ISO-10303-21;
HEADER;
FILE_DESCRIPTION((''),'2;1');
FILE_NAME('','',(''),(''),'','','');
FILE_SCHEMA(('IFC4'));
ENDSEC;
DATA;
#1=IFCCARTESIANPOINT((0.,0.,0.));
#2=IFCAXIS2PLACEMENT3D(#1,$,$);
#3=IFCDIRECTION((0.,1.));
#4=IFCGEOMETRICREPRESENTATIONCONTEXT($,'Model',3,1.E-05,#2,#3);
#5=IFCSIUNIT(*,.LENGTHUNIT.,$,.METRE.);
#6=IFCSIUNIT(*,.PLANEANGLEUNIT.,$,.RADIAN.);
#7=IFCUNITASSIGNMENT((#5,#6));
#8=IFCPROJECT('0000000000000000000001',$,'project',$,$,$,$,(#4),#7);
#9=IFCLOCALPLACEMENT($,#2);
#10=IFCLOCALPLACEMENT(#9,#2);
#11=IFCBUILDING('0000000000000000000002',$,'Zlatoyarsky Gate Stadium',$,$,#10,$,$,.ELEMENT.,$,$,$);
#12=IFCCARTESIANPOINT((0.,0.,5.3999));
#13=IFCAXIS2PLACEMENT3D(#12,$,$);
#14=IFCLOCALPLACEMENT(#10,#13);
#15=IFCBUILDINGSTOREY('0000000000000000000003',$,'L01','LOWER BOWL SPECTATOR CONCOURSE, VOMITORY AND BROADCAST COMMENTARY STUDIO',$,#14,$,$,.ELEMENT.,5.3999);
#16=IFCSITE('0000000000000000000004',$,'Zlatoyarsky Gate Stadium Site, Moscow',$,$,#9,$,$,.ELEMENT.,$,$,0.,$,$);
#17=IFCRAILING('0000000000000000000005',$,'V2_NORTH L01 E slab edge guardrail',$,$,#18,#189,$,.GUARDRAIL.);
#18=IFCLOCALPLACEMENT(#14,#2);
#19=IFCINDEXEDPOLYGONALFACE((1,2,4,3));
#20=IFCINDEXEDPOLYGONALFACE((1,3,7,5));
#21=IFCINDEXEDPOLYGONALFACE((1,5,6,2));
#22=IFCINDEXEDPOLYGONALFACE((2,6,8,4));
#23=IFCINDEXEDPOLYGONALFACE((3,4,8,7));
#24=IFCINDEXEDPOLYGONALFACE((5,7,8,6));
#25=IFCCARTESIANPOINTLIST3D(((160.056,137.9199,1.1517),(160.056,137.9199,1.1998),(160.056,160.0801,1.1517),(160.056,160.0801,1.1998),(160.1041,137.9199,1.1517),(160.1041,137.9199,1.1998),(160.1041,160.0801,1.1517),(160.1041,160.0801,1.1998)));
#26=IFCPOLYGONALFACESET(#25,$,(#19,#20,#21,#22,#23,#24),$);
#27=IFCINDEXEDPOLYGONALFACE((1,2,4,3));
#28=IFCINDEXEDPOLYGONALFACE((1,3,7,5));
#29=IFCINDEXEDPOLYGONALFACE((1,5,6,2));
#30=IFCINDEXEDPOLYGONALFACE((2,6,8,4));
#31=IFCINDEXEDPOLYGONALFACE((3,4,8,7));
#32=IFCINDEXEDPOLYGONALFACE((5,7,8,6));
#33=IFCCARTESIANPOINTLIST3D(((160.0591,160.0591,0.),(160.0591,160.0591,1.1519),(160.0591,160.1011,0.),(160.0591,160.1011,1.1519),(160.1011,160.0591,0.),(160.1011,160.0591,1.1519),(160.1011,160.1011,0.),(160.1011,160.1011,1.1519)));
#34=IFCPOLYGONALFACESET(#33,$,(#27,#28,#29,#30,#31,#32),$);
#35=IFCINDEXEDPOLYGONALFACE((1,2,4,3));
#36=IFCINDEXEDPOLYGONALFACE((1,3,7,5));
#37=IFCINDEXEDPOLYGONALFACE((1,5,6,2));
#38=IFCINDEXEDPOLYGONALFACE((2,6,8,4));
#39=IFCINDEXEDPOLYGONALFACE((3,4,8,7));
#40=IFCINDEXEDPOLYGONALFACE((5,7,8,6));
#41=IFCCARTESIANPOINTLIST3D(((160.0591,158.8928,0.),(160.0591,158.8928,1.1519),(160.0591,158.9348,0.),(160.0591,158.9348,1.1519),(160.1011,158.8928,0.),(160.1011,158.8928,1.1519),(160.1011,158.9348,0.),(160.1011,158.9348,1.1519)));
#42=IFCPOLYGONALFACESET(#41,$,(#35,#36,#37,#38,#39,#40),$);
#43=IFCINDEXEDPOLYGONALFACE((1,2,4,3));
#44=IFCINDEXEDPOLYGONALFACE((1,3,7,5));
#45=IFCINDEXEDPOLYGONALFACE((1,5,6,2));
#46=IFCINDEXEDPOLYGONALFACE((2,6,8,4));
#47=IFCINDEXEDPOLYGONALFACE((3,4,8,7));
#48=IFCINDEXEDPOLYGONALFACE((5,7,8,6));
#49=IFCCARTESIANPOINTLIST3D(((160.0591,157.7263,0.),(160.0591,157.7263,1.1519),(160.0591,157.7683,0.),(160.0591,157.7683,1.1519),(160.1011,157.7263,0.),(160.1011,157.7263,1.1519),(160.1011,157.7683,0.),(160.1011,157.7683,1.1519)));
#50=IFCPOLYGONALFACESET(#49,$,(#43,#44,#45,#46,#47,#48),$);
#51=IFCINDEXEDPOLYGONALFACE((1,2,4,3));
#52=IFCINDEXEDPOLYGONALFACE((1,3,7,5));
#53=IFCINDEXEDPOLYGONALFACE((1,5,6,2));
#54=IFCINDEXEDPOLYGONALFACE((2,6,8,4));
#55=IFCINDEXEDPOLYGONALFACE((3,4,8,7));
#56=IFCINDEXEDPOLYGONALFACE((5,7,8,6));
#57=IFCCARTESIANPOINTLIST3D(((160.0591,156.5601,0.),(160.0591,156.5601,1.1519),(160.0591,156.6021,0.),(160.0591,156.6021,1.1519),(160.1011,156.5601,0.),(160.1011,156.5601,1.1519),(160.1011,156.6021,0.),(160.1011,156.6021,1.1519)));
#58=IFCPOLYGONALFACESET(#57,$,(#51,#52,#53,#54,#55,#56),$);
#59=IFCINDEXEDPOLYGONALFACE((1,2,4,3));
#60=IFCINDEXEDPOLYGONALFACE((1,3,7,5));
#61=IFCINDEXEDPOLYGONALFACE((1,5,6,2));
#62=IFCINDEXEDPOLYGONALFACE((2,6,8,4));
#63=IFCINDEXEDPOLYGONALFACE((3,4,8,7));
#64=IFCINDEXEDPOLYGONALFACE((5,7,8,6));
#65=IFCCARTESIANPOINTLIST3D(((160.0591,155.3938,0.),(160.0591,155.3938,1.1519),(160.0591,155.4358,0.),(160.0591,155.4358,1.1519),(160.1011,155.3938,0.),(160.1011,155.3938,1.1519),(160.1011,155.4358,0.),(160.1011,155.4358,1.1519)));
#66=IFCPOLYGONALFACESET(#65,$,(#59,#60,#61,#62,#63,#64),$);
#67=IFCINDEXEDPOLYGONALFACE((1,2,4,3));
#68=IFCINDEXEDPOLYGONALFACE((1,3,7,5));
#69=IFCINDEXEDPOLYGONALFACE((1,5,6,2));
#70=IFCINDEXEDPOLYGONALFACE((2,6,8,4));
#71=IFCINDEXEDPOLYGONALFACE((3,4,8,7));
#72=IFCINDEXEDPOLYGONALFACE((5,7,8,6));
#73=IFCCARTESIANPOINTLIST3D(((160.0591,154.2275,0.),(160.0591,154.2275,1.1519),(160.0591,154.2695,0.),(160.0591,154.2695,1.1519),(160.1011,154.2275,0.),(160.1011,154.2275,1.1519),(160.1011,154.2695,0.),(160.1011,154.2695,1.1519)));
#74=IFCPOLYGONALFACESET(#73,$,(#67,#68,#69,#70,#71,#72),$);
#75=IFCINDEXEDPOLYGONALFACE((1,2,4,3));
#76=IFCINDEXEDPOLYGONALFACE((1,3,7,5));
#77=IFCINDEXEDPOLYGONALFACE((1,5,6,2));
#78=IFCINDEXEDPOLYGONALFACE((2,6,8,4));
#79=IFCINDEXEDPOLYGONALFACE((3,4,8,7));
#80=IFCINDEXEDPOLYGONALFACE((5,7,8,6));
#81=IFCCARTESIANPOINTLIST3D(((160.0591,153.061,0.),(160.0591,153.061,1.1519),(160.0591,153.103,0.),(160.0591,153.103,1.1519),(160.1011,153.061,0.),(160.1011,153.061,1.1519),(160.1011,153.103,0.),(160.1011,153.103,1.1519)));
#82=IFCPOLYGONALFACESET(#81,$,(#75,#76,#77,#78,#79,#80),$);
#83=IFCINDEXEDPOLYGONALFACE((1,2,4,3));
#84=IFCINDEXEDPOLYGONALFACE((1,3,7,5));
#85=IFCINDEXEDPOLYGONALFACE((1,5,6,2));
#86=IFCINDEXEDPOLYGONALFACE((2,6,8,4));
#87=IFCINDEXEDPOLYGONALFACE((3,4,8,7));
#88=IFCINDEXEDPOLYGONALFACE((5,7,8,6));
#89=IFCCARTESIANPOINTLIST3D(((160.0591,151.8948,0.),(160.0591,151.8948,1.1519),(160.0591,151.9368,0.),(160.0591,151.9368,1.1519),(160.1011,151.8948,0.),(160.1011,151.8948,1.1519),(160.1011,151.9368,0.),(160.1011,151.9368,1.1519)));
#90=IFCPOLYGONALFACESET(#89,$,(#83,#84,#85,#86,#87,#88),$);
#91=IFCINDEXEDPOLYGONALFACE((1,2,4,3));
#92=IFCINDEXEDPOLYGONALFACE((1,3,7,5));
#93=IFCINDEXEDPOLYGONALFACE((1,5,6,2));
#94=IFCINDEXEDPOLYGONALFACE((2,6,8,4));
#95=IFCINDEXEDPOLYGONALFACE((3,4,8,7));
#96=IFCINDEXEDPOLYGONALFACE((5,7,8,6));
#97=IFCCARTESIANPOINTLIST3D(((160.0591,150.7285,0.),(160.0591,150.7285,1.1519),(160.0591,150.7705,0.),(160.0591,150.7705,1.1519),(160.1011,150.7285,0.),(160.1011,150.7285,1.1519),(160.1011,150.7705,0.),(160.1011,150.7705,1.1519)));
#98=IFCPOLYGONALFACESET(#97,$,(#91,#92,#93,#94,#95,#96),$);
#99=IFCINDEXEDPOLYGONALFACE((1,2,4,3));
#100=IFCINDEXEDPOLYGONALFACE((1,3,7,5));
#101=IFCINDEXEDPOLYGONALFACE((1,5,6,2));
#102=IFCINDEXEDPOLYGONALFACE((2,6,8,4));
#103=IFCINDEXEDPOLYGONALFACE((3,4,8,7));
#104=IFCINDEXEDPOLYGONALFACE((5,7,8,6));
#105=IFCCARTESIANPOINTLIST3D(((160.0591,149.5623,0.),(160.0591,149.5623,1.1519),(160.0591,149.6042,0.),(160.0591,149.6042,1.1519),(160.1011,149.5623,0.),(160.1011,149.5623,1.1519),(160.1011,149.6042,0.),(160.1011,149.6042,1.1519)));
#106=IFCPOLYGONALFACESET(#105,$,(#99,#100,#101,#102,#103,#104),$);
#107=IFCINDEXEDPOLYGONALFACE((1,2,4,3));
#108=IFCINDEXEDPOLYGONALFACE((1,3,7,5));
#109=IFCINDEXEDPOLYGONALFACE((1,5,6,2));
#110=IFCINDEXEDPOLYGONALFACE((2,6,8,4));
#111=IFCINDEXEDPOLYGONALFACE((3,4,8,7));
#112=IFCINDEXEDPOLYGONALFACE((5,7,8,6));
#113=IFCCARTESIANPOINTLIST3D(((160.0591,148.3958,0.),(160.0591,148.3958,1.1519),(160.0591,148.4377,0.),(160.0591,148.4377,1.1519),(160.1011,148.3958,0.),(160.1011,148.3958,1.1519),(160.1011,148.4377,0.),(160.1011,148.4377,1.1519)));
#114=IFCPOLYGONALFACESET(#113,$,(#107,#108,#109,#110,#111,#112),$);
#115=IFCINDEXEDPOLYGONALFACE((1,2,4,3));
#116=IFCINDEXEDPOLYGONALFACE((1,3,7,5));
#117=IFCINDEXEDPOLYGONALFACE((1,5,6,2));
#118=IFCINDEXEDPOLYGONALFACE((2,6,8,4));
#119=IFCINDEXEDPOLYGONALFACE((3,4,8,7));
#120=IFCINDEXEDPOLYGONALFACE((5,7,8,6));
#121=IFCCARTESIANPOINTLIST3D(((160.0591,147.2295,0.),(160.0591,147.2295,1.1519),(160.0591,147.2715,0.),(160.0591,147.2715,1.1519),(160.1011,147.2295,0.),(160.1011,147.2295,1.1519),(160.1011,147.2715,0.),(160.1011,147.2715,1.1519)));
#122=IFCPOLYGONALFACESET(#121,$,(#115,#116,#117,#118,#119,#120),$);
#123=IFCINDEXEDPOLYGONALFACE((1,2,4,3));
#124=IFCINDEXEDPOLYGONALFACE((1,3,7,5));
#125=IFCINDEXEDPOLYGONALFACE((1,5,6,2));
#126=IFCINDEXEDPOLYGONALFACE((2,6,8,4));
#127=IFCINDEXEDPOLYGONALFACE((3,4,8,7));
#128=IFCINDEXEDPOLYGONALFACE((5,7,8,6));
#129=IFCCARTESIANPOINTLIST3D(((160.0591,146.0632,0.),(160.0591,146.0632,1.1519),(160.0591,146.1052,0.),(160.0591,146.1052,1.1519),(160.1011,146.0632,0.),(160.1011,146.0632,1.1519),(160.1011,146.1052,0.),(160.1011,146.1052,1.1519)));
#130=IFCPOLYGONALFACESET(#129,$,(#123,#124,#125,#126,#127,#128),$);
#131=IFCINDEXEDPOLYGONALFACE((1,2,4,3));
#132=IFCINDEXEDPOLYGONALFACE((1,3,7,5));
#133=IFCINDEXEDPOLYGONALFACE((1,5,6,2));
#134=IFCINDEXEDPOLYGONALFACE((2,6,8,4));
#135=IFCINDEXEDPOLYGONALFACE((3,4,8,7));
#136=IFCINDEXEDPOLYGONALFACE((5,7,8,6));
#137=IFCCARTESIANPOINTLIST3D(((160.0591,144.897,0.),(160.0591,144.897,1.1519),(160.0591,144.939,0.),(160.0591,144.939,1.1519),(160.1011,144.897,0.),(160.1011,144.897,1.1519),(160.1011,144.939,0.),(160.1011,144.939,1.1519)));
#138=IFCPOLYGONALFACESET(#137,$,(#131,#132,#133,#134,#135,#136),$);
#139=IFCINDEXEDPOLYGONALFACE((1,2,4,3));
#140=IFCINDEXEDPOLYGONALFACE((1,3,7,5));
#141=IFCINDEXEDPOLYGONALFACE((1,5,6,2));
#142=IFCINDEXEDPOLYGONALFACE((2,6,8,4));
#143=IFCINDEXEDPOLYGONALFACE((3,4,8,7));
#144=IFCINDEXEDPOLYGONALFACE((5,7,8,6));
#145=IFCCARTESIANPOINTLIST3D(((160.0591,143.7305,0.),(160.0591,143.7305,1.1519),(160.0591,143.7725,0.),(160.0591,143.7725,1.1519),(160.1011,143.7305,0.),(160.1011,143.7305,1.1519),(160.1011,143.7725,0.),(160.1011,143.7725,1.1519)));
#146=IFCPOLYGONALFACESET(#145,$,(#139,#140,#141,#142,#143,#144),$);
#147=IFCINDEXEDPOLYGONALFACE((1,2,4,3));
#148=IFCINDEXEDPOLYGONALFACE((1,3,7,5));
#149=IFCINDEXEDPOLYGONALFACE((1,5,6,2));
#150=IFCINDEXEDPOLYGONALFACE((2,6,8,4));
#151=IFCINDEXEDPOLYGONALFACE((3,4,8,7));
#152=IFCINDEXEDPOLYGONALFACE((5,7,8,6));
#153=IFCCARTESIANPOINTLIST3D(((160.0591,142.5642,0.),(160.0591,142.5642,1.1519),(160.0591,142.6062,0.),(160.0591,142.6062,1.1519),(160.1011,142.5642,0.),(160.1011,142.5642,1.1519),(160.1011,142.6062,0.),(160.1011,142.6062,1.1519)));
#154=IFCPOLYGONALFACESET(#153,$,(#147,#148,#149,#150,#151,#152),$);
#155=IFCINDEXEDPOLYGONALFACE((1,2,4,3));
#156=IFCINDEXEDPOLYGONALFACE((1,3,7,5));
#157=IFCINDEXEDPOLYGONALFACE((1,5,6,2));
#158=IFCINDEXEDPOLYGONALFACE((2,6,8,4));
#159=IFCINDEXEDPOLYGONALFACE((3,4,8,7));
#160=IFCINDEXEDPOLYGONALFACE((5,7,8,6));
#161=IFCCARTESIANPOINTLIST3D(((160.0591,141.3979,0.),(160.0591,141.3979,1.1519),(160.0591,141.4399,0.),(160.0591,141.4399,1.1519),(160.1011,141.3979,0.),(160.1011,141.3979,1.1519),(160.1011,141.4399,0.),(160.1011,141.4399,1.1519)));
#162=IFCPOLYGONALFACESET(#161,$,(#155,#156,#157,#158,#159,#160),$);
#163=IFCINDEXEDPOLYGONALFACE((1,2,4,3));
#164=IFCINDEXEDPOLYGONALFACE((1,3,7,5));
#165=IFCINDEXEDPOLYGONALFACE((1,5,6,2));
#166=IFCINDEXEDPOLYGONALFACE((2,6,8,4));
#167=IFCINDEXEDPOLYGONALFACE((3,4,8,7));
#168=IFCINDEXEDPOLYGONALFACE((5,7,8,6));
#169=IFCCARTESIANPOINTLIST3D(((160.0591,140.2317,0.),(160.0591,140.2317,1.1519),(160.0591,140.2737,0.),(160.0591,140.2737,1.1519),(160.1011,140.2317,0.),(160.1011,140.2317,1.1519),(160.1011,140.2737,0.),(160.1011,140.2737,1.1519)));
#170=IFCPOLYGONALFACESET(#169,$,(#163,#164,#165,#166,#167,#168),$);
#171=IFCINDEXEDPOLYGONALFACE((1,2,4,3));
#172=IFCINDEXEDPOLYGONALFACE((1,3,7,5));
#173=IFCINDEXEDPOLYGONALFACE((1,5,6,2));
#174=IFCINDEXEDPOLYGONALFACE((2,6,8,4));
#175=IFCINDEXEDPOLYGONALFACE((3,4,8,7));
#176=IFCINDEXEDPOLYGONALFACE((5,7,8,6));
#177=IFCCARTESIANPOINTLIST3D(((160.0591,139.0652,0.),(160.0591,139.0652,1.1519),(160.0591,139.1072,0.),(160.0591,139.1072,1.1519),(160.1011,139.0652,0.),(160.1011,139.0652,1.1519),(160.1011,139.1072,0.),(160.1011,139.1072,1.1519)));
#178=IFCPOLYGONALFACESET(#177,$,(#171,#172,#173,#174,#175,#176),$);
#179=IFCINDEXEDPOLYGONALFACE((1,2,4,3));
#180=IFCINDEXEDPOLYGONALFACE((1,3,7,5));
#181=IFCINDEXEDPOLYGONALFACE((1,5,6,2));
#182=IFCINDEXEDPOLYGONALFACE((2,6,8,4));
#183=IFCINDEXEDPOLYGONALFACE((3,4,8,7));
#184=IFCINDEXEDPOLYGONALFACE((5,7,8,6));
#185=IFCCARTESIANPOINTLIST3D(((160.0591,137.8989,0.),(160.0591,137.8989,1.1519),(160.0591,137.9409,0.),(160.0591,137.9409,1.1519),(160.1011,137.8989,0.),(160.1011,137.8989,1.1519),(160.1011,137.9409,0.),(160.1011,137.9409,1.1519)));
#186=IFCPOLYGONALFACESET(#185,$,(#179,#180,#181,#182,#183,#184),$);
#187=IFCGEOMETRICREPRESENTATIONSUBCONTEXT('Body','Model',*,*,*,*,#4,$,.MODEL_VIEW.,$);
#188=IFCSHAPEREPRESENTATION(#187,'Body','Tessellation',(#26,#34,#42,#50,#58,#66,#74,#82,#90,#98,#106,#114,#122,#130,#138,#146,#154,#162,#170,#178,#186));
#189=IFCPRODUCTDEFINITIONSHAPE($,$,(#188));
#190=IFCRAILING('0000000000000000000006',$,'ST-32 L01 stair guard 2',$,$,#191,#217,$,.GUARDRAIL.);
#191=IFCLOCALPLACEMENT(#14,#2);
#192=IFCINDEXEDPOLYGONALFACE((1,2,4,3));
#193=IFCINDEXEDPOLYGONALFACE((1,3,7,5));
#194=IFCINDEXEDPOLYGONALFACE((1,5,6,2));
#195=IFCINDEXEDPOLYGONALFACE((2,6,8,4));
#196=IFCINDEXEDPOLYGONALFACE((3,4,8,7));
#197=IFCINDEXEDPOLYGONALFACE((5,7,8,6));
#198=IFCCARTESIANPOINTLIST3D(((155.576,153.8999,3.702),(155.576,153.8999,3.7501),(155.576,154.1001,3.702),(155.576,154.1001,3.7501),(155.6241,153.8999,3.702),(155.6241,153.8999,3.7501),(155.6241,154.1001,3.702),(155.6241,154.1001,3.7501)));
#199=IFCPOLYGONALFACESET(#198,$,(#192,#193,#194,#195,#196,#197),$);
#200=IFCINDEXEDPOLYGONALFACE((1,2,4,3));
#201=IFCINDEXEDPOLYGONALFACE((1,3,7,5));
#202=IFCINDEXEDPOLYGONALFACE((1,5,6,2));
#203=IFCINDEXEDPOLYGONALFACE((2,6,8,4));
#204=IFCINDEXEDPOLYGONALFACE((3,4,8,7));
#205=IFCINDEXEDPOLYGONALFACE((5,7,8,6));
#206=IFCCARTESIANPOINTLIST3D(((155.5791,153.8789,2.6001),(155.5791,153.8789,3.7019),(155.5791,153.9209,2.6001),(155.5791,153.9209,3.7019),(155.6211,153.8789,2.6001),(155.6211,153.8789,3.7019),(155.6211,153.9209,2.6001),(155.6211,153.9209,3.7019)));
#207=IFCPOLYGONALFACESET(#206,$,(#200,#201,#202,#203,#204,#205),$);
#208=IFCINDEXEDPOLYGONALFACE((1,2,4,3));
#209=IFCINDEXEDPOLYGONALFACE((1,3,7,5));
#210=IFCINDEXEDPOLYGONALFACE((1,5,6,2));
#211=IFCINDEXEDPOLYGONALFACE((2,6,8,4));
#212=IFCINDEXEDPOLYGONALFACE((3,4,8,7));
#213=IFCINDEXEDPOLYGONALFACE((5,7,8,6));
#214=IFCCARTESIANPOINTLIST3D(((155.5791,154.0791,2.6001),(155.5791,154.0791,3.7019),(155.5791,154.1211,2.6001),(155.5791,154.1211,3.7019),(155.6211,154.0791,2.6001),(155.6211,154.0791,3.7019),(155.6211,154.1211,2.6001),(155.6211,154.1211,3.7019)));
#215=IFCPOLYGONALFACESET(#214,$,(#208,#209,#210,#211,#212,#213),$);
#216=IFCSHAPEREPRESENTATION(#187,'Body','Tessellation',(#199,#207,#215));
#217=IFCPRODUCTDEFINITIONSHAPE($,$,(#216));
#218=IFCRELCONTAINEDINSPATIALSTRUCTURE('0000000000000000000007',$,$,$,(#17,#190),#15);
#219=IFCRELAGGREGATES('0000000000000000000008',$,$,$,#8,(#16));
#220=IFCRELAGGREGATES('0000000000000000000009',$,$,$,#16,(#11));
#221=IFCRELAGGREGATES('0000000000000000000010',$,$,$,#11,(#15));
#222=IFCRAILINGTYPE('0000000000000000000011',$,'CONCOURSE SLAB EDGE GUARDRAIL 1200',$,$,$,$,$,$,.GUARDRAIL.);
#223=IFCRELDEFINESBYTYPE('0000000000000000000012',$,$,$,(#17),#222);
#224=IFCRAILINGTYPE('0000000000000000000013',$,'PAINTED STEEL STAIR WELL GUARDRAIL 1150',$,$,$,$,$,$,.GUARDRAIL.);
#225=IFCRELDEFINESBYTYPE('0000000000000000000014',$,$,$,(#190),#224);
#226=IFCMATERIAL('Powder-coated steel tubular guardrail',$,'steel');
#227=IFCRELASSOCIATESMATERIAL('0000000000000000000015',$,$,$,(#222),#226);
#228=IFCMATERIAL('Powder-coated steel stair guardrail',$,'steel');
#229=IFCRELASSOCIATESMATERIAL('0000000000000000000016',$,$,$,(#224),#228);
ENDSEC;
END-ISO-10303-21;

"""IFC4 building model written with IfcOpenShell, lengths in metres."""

from ifc_helpers import new_model, si_unit, direction, frame, origin, origin_2d, place, context, subcontext, project, spatial, rectangle, extrude, material, type_object, element, save


model = new_model("IFC4")

# Units and contexts
model_context = context("Model", 3, precision=1e-05, world=origin(), true_north=direction((0.0, 1.0)))
body_context = subcontext(model_context, "Body", "Model", "MODEL_VIEW")
ifc_project = project(units=[si_unit("LENGTHUNIT", "METRE"), si_unit("PLANEANGLEUNIT", "RADIAN")], contexts=[model_context])

# Site, building, storey
site_placement = place(None, origin())
site = spatial("IfcSite", under=ifc_project, at=site_placement, Name="Zlatoyarsky Gate Stadium Site, Moscow", CompositionType="ELEMENT", RefElevation=0.0)
building_placement = place(site_placement, origin())
building = spatial("IfcBuilding", under=site, at=building_placement, Name="Zlatoyarsky Gate Stadium", CompositionType="ELEMENT")
storey_placement = place(building_placement, frame((0.0, 0.0, 5.3999)))
storey = spatial("IfcBuildingStorey", under=building, at=storey_placement, Name="L01", Description="LOWER BOWL SPECTATOR CONCOURSE, VOMITORY AND BROADCAST COMMENTARY STUDIO", CompositionType="ELEMENT", Elevation=5.3999)

# Railings
ifc_material_1 = material(Name="Powder-coated steel tubular guardrail", Category="steel")
railing_type_1 = type_object("IfcRailingType", Name="CONCOURSE SLAB EDGE GUARDRAIL 1200", PredefinedType="GUARDRAIL", material=ifc_material_1)
railing_1_placement = place(storey_placement, frame((160.0801, 160.0801, 0.0)))
element("IfcRailing", 1, at=railing_1_placement, inside=storey, type_object=railing_type_1, Name="V2_NORTH L01 E slab edge guardrail", PredefinedType="GUARDRAIL", context=body_context, shape_type="SweptSolid", body=[
    extrude(rectangle(XDim=0.0481, YDim=0.0481, at=origin_2d()), frame((0.0, 0.0, 1.1758), z_axis=(0.0, -1.0, 0.0), x_axis=(1.0, 0.0, 0.0)), (0.0, 0.0, 1.0), 22.1602),
    extrude(rectangle(XDim=0.042, YDim=0.042, at=origin_2d()), origin(), (0.0, 0.0, 1.0), 1.1519),
    extrude(rectangle(XDim=0.042, YDim=0.042, at=origin_2d()), frame((0.0, -1.1663, 0.0)), (0.0, 0.0, 1.0), 1.1519),
    extrude(rectangle(XDim=0.042, YDim=0.042, at=origin_2d()), frame((0.0, -2.3328, 0.0)), (0.0, 0.0, 1.0), 1.1519),
    extrude(rectangle(XDim=0.042, YDim=0.042, at=origin_2d()), frame((0.0, -3.499, 0.0)), (0.0, 0.0, 1.0), 1.1519),
    extrude(rectangle(XDim=0.042, YDim=0.042, at=origin_2d()), frame((0.0, -4.6653, 0.0)), (0.0, 0.0, 1.0), 1.1519),
    extrude(rectangle(XDim=0.042, YDim=0.042, at=origin_2d()), frame((0.0, -5.8315, 0.0)), (0.0, 0.0, 1.0), 1.1519),
    extrude(rectangle(XDim=0.042, YDim=0.042, at=origin_2d()), frame((0.0, -6.998, 0.0)), (0.0, 0.0, 1.0), 1.1519),
    extrude(rectangle(XDim=0.042, YDim=0.042, at=origin_2d()), frame((0.0, -8.1643, 0.0)), (0.0, 0.0, 1.0), 1.1519),
    extrude(rectangle(XDim=0.042, YDim=0.042, at=origin_2d()), frame((0.0, -9.3306, 0.0)), (0.0, 0.0, 1.0), 1.1519),
    extrude(rectangle(XDim=0.042, YDim=0.042, at=origin_2d()), frame((0.0, -10.4968, 0.0)), (0.0, 0.0, 1.0), 1.1519),
    extrude(rectangle(XDim=0.042, YDim=0.042, at=origin_2d()), frame((0.0, -11.6633, 0.0)), (0.0, 0.0, 1.0), 1.1519),
    extrude(rectangle(XDim=0.042, YDim=0.042, at=origin_2d()), frame((0.0, -12.8296, 0.0)), (0.0, 0.0, 1.0), 1.1519),
    extrude(rectangle(XDim=0.042, YDim=0.042, at=origin_2d()), frame((0.0, -13.9958, 0.0)), (0.0, 0.0, 1.0), 1.1519),
    extrude(rectangle(XDim=0.042, YDim=0.042, at=origin_2d()), frame((0.0, -15.1621, 0.0)), (0.0, 0.0, 1.0), 1.1519),
    extrude(rectangle(XDim=0.042, YDim=0.042, at=origin_2d()), frame((0.0, -16.3286, 0.0)), (0.0, 0.0, 1.0), 1.1519),
    extrude(rectangle(XDim=0.042, YDim=0.042, at=origin_2d()), frame((0.0, -17.4949, 0.0)), (0.0, 0.0, 1.0), 1.1519),
    extrude(rectangle(XDim=0.042, YDim=0.042, at=origin_2d()), frame((0.0, -18.6611, 0.0)), (0.0, 0.0, 1.0), 1.1519),
    extrude(rectangle(XDim=0.042, YDim=0.042, at=origin_2d()), frame((0.0, -19.8274, 0.0)), (0.0, 0.0, 1.0), 1.1519),
    extrude(rectangle(XDim=0.042, YDim=0.042, at=origin_2d()), frame((0.0, -20.9939, 0.0)), (0.0, 0.0, 1.0), 1.1519),
    extrude(rectangle(XDim=0.042, YDim=0.042, at=origin_2d()), frame((0.0, -22.1602, 0.0)), (0.0, 0.0, 1.0), 1.1519),
])
ifc_material_2 = material(Name="Powder-coated steel stair guardrail", Category="steel")
railing_type_2 = type_object("IfcRailingType", Name="PAINTED STEEL STAIR WELL GUARDRAIL 1150", PredefinedType="GUARDRAIL", material=ifc_material_2)
railing_2_placement = place(storey_placement, frame((155.6001, 153.8999, 2.6001)))
element("IfcRailing", 2, at=railing_2_placement, inside=storey, type_object=railing_type_2, Name="ST-32 L01 stair guard 2", PredefinedType="GUARDRAIL", context=body_context, shape_type="SweptSolid", body=[
    extrude(rectangle(XDim=0.0481, YDim=0.0481, at=origin_2d()), frame((0.0, 0.0, 1.126), z_axis=(0.0, 1.0, 0.0), x_axis=(-1.0, 0.0, 0.0)), (0.0, 0.0, 1.0), 0.2002),
    extrude(rectangle(XDim=0.042, YDim=0.042, at=origin_2d()), origin(), (0.0, 0.0, 1.0), 1.1018),
    extrude(rectangle(XDim=0.042, YDim=0.042, at=origin_2d()), frame((0.0, 0.2002, 0.0)), (0.0, 0.0, 1.0), 1.1018),
])

save(model, "model.ifc")
